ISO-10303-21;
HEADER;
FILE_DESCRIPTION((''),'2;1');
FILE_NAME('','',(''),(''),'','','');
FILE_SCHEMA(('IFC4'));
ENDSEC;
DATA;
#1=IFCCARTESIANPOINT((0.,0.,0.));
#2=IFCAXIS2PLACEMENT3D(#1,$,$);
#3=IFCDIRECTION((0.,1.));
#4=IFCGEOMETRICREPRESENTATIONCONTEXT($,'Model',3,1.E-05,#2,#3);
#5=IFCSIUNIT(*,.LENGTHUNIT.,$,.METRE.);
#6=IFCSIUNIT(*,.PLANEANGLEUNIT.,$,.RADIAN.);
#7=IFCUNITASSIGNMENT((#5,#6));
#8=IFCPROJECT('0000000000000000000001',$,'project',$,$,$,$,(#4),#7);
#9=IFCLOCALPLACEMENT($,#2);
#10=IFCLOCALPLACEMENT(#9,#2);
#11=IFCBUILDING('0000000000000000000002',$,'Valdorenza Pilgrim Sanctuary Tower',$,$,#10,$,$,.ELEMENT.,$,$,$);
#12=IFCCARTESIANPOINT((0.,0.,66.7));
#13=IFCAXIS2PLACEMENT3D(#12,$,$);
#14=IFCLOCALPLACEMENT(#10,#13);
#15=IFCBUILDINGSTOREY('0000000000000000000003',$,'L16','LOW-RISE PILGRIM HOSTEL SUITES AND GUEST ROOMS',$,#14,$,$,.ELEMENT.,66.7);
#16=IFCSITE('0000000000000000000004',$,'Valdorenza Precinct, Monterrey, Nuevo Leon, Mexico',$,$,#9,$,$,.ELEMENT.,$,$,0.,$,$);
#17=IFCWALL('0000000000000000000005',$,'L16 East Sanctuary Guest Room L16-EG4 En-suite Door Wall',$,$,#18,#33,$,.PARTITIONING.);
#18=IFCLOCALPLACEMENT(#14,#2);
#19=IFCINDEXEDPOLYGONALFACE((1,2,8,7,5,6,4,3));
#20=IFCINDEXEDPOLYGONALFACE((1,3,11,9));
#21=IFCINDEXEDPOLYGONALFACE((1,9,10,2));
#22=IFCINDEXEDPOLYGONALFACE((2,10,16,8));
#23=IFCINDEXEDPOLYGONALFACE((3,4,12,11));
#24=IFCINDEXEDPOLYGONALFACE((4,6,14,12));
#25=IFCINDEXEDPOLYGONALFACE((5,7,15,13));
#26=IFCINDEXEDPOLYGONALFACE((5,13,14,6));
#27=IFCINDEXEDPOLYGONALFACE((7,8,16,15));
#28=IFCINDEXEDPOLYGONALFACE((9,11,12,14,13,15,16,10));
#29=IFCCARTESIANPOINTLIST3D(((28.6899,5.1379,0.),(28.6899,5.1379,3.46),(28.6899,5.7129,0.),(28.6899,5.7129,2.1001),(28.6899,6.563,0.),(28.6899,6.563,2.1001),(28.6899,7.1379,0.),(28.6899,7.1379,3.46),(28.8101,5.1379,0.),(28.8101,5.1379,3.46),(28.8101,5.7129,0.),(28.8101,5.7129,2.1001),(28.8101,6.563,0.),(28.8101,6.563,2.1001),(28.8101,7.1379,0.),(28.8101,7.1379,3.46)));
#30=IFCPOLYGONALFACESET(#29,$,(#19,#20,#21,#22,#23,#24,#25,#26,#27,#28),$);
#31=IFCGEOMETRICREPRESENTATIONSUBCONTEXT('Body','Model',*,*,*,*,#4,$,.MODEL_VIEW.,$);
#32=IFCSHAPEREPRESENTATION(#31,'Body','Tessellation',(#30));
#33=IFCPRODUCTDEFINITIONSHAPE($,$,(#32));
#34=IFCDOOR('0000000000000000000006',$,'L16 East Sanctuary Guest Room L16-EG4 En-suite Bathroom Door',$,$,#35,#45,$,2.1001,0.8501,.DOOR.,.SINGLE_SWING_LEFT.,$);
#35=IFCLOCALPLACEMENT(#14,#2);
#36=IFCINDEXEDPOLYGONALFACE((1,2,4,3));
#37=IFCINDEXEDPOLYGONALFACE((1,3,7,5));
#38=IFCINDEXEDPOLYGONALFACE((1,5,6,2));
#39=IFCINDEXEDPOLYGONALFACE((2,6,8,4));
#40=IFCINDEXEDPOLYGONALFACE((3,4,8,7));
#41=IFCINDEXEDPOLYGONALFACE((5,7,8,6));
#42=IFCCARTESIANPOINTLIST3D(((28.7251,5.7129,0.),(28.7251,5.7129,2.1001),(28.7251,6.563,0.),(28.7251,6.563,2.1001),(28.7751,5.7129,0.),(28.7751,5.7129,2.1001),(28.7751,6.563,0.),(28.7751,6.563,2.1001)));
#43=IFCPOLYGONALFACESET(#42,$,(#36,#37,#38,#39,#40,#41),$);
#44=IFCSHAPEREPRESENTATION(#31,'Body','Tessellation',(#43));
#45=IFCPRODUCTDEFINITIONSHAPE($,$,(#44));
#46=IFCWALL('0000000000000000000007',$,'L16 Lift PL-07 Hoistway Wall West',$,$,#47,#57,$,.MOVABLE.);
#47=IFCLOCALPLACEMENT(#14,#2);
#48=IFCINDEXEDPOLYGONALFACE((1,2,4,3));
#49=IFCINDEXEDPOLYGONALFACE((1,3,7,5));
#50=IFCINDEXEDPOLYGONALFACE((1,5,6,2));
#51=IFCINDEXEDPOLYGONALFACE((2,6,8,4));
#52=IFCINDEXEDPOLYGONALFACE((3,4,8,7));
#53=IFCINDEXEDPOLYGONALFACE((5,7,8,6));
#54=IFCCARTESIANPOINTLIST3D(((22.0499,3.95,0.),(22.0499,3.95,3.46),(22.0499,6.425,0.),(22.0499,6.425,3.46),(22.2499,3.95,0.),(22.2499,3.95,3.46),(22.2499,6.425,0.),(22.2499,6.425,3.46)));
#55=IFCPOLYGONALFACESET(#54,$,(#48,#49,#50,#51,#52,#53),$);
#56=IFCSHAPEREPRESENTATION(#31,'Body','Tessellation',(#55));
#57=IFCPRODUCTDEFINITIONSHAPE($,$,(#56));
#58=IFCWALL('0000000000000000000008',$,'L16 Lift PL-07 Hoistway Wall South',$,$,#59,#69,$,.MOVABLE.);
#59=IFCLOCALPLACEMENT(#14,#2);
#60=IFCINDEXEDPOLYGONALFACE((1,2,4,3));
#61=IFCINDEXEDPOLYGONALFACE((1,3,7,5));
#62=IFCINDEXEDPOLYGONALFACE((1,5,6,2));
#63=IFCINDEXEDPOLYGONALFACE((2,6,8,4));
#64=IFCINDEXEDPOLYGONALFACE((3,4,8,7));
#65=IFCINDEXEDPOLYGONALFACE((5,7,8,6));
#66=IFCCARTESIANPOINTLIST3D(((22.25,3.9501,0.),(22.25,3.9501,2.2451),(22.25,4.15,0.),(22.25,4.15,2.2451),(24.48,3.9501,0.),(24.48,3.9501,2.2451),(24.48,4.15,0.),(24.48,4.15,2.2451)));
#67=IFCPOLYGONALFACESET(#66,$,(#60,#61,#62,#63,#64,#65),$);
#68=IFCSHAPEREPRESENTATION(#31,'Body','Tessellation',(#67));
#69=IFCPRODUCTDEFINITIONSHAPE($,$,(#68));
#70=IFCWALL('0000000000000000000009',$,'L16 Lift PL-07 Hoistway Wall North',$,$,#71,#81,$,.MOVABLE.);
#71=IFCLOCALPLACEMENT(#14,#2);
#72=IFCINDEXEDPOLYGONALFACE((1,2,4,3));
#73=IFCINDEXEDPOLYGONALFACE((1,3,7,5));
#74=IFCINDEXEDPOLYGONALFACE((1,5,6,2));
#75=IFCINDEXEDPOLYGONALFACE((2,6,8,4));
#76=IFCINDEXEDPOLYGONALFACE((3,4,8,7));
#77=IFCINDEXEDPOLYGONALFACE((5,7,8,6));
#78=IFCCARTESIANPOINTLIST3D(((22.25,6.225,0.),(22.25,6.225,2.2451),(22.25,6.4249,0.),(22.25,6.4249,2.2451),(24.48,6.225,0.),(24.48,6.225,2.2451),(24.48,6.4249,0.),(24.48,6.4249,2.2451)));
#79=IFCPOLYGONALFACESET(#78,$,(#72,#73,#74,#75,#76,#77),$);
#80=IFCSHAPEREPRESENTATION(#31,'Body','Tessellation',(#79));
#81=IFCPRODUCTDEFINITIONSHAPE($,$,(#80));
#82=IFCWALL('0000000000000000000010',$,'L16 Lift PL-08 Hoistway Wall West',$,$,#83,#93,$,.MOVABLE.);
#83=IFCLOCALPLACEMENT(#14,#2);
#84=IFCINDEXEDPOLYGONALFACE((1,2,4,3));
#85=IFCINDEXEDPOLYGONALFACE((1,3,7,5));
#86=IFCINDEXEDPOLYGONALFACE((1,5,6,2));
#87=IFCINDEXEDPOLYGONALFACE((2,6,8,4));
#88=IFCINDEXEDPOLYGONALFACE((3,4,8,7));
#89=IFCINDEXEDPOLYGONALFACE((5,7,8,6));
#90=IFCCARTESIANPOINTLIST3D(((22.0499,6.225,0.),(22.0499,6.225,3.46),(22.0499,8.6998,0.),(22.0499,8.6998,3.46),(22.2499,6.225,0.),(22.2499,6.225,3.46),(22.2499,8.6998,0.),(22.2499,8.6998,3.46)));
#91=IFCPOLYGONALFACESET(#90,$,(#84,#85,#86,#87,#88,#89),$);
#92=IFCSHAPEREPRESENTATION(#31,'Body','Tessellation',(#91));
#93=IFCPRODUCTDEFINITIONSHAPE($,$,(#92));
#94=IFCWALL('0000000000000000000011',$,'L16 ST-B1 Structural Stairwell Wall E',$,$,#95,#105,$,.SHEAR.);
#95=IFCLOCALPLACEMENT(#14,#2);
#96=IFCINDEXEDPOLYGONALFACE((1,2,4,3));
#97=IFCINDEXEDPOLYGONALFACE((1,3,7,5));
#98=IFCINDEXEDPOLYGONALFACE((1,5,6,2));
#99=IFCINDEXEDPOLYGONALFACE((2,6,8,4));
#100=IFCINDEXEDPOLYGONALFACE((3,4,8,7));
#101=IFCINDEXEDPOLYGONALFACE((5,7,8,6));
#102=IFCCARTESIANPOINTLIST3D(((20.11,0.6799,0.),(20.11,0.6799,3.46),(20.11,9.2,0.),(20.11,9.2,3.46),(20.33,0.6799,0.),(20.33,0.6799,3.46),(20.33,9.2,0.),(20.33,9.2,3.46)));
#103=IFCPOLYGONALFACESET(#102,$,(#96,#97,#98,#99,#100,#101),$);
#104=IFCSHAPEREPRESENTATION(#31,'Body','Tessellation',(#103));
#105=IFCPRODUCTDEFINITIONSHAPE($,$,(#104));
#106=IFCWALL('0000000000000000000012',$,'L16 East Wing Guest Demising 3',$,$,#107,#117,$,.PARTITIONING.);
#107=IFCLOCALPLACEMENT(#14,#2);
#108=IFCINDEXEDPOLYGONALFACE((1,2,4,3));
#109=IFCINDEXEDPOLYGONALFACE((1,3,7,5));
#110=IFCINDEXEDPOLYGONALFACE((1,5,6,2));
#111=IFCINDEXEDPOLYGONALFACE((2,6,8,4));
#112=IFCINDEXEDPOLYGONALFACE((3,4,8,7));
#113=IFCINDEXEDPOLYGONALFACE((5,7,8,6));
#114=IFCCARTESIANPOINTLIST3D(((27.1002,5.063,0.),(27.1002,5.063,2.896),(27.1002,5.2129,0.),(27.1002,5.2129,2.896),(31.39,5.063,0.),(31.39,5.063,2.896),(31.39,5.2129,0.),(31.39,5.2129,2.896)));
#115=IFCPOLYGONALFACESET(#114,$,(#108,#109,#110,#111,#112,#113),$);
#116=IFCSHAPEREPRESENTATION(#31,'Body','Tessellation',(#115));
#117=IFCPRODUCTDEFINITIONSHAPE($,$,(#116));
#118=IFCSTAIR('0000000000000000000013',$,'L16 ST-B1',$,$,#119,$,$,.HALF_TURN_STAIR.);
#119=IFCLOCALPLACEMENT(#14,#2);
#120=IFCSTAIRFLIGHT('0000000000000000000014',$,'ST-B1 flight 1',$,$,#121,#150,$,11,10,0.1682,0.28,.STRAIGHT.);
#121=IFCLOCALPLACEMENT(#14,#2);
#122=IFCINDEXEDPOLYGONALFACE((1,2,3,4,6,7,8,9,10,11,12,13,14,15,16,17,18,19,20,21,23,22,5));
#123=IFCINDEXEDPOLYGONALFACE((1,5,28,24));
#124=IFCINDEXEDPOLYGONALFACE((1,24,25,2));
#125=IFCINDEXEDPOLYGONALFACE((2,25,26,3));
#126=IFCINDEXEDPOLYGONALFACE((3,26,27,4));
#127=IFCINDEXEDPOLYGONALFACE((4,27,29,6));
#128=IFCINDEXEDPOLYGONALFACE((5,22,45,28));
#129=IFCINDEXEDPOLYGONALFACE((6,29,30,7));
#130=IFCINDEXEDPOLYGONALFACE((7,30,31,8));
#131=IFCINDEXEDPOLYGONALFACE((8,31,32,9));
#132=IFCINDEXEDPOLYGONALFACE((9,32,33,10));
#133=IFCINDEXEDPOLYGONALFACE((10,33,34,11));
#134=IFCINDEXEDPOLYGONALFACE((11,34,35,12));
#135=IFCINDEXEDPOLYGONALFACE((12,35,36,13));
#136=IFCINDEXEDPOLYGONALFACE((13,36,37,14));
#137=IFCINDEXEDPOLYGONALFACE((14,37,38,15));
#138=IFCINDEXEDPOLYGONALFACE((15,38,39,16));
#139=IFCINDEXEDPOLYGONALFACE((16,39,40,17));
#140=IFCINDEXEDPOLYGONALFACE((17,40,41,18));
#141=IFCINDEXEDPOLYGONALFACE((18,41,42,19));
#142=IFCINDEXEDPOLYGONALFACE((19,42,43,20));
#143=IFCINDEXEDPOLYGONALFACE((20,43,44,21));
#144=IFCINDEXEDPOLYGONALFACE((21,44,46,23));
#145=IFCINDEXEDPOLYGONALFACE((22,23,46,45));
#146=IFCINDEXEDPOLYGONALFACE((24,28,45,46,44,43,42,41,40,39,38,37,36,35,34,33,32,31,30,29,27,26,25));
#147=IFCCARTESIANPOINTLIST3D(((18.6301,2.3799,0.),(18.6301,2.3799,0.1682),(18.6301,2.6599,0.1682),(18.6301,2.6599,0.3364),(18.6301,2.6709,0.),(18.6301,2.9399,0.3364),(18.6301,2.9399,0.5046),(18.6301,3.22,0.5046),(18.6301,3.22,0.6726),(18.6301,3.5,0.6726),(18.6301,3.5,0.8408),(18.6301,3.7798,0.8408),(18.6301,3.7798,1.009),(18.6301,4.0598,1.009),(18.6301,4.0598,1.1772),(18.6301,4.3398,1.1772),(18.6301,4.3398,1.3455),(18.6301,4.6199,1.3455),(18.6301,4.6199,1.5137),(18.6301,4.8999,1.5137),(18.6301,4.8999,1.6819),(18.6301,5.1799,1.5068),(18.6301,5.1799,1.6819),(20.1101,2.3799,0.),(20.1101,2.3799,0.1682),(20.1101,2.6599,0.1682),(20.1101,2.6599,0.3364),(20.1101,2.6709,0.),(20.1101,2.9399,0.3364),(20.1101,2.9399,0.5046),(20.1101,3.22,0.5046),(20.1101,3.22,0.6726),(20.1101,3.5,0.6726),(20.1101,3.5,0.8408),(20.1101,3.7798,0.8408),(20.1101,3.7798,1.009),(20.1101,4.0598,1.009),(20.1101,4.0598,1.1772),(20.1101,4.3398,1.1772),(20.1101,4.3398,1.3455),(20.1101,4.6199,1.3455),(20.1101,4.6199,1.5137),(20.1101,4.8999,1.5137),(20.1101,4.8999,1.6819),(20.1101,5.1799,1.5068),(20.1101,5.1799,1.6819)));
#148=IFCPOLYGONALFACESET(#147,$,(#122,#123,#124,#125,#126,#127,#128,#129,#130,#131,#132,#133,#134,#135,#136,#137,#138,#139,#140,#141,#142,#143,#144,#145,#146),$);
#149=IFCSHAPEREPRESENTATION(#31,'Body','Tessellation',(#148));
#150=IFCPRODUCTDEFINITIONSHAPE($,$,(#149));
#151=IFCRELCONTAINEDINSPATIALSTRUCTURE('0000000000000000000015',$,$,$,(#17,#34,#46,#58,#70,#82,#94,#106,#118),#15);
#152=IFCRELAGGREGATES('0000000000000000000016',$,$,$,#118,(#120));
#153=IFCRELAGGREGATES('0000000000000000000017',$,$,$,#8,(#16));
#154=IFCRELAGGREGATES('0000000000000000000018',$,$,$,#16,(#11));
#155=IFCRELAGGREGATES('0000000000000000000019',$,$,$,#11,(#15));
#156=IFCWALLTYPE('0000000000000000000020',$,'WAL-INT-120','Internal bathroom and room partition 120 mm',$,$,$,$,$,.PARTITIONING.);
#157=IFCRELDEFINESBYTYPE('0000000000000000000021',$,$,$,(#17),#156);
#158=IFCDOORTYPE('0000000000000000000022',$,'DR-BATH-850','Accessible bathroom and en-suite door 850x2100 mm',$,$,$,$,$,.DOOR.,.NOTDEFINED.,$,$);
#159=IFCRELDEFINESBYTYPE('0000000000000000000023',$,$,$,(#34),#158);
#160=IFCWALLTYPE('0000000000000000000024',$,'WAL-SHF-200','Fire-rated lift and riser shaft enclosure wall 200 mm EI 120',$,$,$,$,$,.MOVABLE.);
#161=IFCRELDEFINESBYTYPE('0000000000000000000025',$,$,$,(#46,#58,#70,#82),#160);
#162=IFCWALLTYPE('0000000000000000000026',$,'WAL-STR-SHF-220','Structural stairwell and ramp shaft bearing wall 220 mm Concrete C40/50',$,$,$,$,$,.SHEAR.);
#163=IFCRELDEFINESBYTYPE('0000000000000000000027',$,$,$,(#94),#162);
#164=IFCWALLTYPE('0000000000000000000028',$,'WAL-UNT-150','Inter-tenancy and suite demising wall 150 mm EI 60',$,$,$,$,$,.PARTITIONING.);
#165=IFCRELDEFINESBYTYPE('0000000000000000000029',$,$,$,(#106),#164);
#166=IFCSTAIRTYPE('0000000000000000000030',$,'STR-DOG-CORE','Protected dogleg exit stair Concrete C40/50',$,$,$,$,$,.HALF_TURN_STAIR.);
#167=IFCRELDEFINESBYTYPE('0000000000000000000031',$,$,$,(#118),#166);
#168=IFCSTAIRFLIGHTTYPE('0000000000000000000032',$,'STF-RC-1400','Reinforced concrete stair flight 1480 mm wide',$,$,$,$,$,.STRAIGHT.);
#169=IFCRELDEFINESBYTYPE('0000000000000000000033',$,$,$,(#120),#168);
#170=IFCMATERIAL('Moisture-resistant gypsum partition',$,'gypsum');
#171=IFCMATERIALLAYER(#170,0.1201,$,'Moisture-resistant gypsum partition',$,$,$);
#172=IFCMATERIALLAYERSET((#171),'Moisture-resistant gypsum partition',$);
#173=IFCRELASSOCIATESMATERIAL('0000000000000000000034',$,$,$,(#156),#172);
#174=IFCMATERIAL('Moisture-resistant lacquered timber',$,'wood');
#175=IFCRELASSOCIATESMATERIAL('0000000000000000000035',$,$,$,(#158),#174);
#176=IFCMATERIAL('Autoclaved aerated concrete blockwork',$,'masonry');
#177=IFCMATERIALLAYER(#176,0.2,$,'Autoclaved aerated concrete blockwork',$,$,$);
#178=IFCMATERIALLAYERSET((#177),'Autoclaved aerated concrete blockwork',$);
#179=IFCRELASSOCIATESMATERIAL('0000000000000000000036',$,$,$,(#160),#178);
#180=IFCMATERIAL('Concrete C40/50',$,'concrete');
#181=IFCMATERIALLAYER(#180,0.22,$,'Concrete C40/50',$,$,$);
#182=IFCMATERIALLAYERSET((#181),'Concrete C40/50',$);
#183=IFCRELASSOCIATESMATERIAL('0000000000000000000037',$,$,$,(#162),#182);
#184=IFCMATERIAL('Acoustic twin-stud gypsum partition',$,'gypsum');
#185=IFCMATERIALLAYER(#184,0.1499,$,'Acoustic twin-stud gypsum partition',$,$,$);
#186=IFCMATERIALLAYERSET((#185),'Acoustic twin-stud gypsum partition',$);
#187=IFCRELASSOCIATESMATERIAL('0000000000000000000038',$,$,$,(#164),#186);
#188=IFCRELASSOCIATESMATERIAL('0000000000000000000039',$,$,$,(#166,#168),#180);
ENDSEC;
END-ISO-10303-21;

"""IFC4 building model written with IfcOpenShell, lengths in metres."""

from ifc_helpers import new_model, si_unit, direction, frame, frame_2d, origin, place, context, subcontext, project, spatial, polyline, rectangle, outline, extrude, material, layer, layer_set, type_object, element, fill, aggregate, save


model = new_model("IFC4")

# Units and contexts
model_context = context("Model", 3, precision=1e-05, world=origin(), true_north=direction((0.0, 1.0)))
body_context = subcontext(model_context, "Body", "Model", "MODEL_VIEW")
ifc_project = project(units=[si_unit("LENGTHUNIT", "METRE"), si_unit("PLANEANGLEUNIT", "RADIAN")], contexts=[model_context])

# Site, building, storey
site_placement = place(None, origin())
site = spatial("IfcSite", under=ifc_project, at=site_placement, Name="Valdorenza Precinct, Monterrey, Nuevo Leon, Mexico", CompositionType="ELEMENT", RefElevation=0.0)
building_placement = place(site_placement, origin())
building = spatial("IfcBuilding", under=site, at=building_placement, Name="Valdorenza Pilgrim Sanctuary Tower", CompositionType="ELEMENT")
storey_placement = place(building_placement, frame((0.0, 0.0, 66.7)))
storey = spatial("IfcBuildingStorey", under=building, at=storey_placement, Name="L16", Description="LOW-RISE PILGRIM HOSTEL SUITES AND GUEST ROOMS", CompositionType="ELEMENT", Elevation=66.7)

# Shared definitions
ifc_material_1 = material(Name="Acoustic twin-stud gypsum partition", Category="gypsum")

# Shared definitions
ifc_material_2 = material(Name="Moisture-resistant gypsum partition", Category="gypsum")
ifc_layer_1 = layer(ifc_material_2, 0.1201, Name="Moisture-resistant gypsum partition")
ifc_layer_set_1 = layer_set([ifc_layer_1], Name="Moisture-resistant gypsum partition")
wall_type_1 = type_object("IfcWallType", Name="WAL-INT-120", Description="Internal bathroom and room partition 120 mm", PredefinedType="PARTITIONING", material=ifc_layer_set_1)

# Shared definitions
ifc_material_3 = material(Name="Moisture-resistant lacquered timber", Category="wood")
door_type_1 = type_object("IfcDoorType", Name="DR-BATH-850", Description="Accessible bathroom and en-suite door 850x2100 mm", OperationType="NOTDEFINED", PredefinedType="DOOR", material=ifc_material_3)

# Wall, opening, door
wall_1_placement = place(storey_placement, frame((28.75, 5.1379, 0.0), z_axis=(0.0, 0.0, 1.0), x_axis=(0.0, 1.0, 0.0)))
wall_1 = element("IfcWall", 1, at=wall_1_placement, inside=storey, type_object=wall_type_1, Name="L16 East Sanctuary Guest Room L16-EG4 En-suite Door Wall", PredefinedType="PARTITIONING", context=body_context, shape_type="SweptSolid", body=[
    extrude(rectangle(XDim=2.0, YDim=0.1201, at=frame_2d((1.0, 0.0))), origin(), (0.0, 0.0, 1.0), 3.46),
])
opening_1_placement = place(wall_1_placement, frame((0.575, 0.0, 0.0)))
opening_1 = element("IfcOpeningElement", 2, at=opening_1_placement, cuts=wall_1, PredefinedType="OPENING", context=body_context, shape_type="SweptSolid", body=[
    extrude(rectangle(XDim=0.8501, YDim=2.1001, at=frame_2d((0.425, 1.05))), frame((0.0, 0.075, 0.0), z_axis=(0.0, -1.0, 0.0), x_axis=(1.0, 0.0, 0.0)), (0.0, 0.0, 1.0), 0.1499),
])
door_1_placement = place(opening_1_placement, origin())
door_1 = element("IfcDoor", 3, at=door_1_placement, inside=storey, type_object=door_type_1, Name="L16 East Sanctuary Guest Room L16-EG4 En-suite Bathroom Door", OperationType="SINGLE_SWING_LEFT", OverallHeight=2.1001, OverallWidth=0.8501, PredefinedType="DOOR", context=body_context, shape_type="SweptSolid", body=[
    extrude(rectangle(XDim=0.8501, YDim=2.1001, at=frame_2d((0.425, 1.05))), frame((0.0, 0.0249, 0.0), z_axis=(0.0, -1.0, 0.0), x_axis=(1.0, 0.0, 0.0)), (0.0, 0.0, 1.0), 0.05),
])
fill(opening_1, door_1)

# Walls
ifc_material_4 = material(Name="Autoclaved aerated concrete blockwork", Category="masonry")
ifc_layer_2 = layer(ifc_material_4, 0.2, Name="Autoclaved aerated concrete blockwork")
ifc_layer_set_2 = layer_set([ifc_layer_2], Name="Autoclaved aerated concrete blockwork")
wall_type_2 = type_object("IfcWallType", Name="WAL-SHF-200", Description="Fire-rated lift and riser shaft enclosure wall 200 mm EI 120", PredefinedType="MOVABLE", material=ifc_layer_set_2)
wall_2_placement = place(storey_placement, frame((22.1499, 3.95, 0.0), z_axis=(0.0, 0.0, 1.0), x_axis=(0.0, 1.0, 0.0)))
element("IfcWall", 4, at=wall_2_placement, inside=storey, type_object=wall_type_2, Name="L16 Lift PL-07 Hoistway Wall West", PredefinedType="MOVABLE", context=body_context, shape_type="SweptSolid", body=[
    extrude(rectangle(XDim=2.4751, YDim=0.2, at=frame_2d((1.2375, 0.0))), origin(), (0.0, 0.0, 1.0), 3.46),
])
for number, where, z_axis, x_axis, name in (
    (5, (22.25, 4.05, 0.0), (0.0, 0.0, 1.0), (1.0, 0.0, 0.0), "L16 Lift PL-07 Hoistway Wall South"),
    (6, (22.25, 6.325, 0.0), (0.0, 0.0, 1.0), (1.0, 0.0, 0.0), "L16 Lift PL-07 Hoistway Wall North"),
):
    element("IfcWall", number, at=place(storey_placement, frame(where, z_axis=z_axis, x_axis=x_axis)), inside=storey, type_object=wall_type_2, Name=name, PredefinedType="MOVABLE", context=body_context, shape_type="SweptSolid", body=[
        extrude(rectangle(XDim=2.23, YDim=0.2, at=frame_2d((1.115, 0.0))), origin(), (0.0, 0.0, 1.0), 2.2451),
    ])
wall_3_placement = place(storey_placement, frame((22.1499, 6.2251, 0.0), z_axis=(0.0, 0.0, 1.0), x_axis=(0.0, 1.0, 0.0)))
element("IfcWall", 7, at=wall_3_placement, inside=storey, type_object=wall_type_2, Name="L16 Lift PL-08 Hoistway Wall West", PredefinedType="MOVABLE", context=body_context, shape_type="SweptSolid", body=[
    extrude(rectangle(XDim=2.4749, YDim=0.2, at=frame_2d((1.2373, 0.0))), origin(), (0.0, 0.0, 1.0), 3.46),
])
ifc_material_5 = material(Name="Concrete C40/50", Category="concrete")
ifc_layer_3 = layer(ifc_material_5, 0.22, Name="Concrete C40/50")
ifc_layer_set_3 = layer_set([ifc_layer_3], Name="Concrete C40/50")
wall_type_3 = type_object("IfcWallType", Name="WAL-STR-SHF-220", Description="Structural stairwell and ramp shaft bearing wall 220 mm Concrete C40/50", PredefinedType="SHEAR", material=ifc_layer_set_3)
wall_4_placement = place(storey_placement, frame((20.22, 0.6799, 0.0), z_axis=(0.0, 0.0, 1.0), x_axis=(0.0, 1.0, 0.0)))
element("IfcWall", 8, at=wall_4_placement, inside=storey, type_object=wall_type_3, Name="L16 ST-B1 Structural Stairwell Wall E", PredefinedType="SHEAR", context=body_context, shape_type="SweptSolid", body=[
    extrude(rectangle(XDim=8.52, YDim=0.22, at=frame_2d((4.26, 0.0))), origin(), (0.0, 0.0, 1.0), 3.46),
])
ifc_layer_4 = layer(ifc_material_1, 0.1499, Name="Acoustic twin-stud gypsum partition")
ifc_layer_set_4 = layer_set([ifc_layer_4], Name="Acoustic twin-stud gypsum partition")
wall_type_4 = type_object("IfcWallType", Name="WAL-UNT-150", Description="Inter-tenancy and suite demising wall 150 mm EI 60", PredefinedType="PARTITIONING", material=ifc_layer_set_4)
wall_5_placement = place(storey_placement, frame((27.1001, 5.1379, 0.0), z_axis=(0.0, 0.0, 1.0), x_axis=(1.0, 0.0, 0.0)))
element("IfcWall", 9, at=wall_5_placement, inside=storey, type_object=wall_type_4, Name="L16 East Wing Guest Demising 3", PredefinedType="PARTITIONING", context=body_context, shape_type="SweptSolid", body=[
    extrude(rectangle(XDim=4.2898, YDim=0.1499, at=frame_2d((2.145, 0.0))), origin(), (0.0, 0.0, 1.0), 2.896),
])

# Stair, stair flight
stair_type = type_object("IfcStairType", Name="STR-DOG-CORE", Description="Protected dogleg exit stair Concrete C40/50", PredefinedType="HALF_TURN_STAIR", material=ifc_material_5)
stair_placement = place(storey_placement, origin())
stair = element("IfcStair", 10, at=stair_placement, inside=storey, type_object=stair_type, Name="L16 ST-B1", PredefinedType="HALF_TURN_STAIR")
stair_flight_type = type_object("IfcStairFlightType", Name="STF-RC-1400", Description="Reinforced concrete stair flight 1480 mm wide", PredefinedType="STRAIGHT", material=ifc_material_5)
stair_flight_placement = place(storey_placement, frame((19.3701, 2.3799, 0.0), z_axis=(0.0, 0.0, 1.0), x_axis=(0.0, 1.0, 0.0)))
stair_flight = element("IfcStairFlight", 11, at=stair_flight_placement, type_object=stair_flight_type, Name="ST-B1 flight 1", NumberOfRisers=11, NumberOfTreads=10, PredefinedType="STRAIGHT", RiserHeight=0.1682, TreadLength=0.28, context=body_context, shape_type="SweptSolid", body=[
    extrude(outline(polyline([(0.0, 0.0), (0.0, 0.1682), (0.28, 0.1682), (0.28, 0.3364), (0.5601, 0.3364), (0.5601, 0.5046), (0.8401, 0.5046), (0.8401, 0.6726), (1.1201, 0.6726), (1.1201, 0.8408), (1.3999, 0.8408), (1.3999, 1.009), (1.6799, 1.009), (1.6799, 1.1772), (1.96, 1.1772), (1.96, 1.3455), (2.24, 1.3455), (2.24, 1.5137), (2.52, 1.5137), (2.52, 1.6819), (2.8, 1.6819), (2.8, 1.8501), (2.8, 1.5068), (0.291, 0.0), (0.0, 0.0)])), frame((0.0, 0.74, 0.0), z_axis=(0.0, -1.0, 0.0), x_axis=(1.0, 0.0, 0.0)), (0.0, 0.0, 1.0), 1.48),
])
aggregate(stair, [stair_flight])

save(model, "model.ifc")
